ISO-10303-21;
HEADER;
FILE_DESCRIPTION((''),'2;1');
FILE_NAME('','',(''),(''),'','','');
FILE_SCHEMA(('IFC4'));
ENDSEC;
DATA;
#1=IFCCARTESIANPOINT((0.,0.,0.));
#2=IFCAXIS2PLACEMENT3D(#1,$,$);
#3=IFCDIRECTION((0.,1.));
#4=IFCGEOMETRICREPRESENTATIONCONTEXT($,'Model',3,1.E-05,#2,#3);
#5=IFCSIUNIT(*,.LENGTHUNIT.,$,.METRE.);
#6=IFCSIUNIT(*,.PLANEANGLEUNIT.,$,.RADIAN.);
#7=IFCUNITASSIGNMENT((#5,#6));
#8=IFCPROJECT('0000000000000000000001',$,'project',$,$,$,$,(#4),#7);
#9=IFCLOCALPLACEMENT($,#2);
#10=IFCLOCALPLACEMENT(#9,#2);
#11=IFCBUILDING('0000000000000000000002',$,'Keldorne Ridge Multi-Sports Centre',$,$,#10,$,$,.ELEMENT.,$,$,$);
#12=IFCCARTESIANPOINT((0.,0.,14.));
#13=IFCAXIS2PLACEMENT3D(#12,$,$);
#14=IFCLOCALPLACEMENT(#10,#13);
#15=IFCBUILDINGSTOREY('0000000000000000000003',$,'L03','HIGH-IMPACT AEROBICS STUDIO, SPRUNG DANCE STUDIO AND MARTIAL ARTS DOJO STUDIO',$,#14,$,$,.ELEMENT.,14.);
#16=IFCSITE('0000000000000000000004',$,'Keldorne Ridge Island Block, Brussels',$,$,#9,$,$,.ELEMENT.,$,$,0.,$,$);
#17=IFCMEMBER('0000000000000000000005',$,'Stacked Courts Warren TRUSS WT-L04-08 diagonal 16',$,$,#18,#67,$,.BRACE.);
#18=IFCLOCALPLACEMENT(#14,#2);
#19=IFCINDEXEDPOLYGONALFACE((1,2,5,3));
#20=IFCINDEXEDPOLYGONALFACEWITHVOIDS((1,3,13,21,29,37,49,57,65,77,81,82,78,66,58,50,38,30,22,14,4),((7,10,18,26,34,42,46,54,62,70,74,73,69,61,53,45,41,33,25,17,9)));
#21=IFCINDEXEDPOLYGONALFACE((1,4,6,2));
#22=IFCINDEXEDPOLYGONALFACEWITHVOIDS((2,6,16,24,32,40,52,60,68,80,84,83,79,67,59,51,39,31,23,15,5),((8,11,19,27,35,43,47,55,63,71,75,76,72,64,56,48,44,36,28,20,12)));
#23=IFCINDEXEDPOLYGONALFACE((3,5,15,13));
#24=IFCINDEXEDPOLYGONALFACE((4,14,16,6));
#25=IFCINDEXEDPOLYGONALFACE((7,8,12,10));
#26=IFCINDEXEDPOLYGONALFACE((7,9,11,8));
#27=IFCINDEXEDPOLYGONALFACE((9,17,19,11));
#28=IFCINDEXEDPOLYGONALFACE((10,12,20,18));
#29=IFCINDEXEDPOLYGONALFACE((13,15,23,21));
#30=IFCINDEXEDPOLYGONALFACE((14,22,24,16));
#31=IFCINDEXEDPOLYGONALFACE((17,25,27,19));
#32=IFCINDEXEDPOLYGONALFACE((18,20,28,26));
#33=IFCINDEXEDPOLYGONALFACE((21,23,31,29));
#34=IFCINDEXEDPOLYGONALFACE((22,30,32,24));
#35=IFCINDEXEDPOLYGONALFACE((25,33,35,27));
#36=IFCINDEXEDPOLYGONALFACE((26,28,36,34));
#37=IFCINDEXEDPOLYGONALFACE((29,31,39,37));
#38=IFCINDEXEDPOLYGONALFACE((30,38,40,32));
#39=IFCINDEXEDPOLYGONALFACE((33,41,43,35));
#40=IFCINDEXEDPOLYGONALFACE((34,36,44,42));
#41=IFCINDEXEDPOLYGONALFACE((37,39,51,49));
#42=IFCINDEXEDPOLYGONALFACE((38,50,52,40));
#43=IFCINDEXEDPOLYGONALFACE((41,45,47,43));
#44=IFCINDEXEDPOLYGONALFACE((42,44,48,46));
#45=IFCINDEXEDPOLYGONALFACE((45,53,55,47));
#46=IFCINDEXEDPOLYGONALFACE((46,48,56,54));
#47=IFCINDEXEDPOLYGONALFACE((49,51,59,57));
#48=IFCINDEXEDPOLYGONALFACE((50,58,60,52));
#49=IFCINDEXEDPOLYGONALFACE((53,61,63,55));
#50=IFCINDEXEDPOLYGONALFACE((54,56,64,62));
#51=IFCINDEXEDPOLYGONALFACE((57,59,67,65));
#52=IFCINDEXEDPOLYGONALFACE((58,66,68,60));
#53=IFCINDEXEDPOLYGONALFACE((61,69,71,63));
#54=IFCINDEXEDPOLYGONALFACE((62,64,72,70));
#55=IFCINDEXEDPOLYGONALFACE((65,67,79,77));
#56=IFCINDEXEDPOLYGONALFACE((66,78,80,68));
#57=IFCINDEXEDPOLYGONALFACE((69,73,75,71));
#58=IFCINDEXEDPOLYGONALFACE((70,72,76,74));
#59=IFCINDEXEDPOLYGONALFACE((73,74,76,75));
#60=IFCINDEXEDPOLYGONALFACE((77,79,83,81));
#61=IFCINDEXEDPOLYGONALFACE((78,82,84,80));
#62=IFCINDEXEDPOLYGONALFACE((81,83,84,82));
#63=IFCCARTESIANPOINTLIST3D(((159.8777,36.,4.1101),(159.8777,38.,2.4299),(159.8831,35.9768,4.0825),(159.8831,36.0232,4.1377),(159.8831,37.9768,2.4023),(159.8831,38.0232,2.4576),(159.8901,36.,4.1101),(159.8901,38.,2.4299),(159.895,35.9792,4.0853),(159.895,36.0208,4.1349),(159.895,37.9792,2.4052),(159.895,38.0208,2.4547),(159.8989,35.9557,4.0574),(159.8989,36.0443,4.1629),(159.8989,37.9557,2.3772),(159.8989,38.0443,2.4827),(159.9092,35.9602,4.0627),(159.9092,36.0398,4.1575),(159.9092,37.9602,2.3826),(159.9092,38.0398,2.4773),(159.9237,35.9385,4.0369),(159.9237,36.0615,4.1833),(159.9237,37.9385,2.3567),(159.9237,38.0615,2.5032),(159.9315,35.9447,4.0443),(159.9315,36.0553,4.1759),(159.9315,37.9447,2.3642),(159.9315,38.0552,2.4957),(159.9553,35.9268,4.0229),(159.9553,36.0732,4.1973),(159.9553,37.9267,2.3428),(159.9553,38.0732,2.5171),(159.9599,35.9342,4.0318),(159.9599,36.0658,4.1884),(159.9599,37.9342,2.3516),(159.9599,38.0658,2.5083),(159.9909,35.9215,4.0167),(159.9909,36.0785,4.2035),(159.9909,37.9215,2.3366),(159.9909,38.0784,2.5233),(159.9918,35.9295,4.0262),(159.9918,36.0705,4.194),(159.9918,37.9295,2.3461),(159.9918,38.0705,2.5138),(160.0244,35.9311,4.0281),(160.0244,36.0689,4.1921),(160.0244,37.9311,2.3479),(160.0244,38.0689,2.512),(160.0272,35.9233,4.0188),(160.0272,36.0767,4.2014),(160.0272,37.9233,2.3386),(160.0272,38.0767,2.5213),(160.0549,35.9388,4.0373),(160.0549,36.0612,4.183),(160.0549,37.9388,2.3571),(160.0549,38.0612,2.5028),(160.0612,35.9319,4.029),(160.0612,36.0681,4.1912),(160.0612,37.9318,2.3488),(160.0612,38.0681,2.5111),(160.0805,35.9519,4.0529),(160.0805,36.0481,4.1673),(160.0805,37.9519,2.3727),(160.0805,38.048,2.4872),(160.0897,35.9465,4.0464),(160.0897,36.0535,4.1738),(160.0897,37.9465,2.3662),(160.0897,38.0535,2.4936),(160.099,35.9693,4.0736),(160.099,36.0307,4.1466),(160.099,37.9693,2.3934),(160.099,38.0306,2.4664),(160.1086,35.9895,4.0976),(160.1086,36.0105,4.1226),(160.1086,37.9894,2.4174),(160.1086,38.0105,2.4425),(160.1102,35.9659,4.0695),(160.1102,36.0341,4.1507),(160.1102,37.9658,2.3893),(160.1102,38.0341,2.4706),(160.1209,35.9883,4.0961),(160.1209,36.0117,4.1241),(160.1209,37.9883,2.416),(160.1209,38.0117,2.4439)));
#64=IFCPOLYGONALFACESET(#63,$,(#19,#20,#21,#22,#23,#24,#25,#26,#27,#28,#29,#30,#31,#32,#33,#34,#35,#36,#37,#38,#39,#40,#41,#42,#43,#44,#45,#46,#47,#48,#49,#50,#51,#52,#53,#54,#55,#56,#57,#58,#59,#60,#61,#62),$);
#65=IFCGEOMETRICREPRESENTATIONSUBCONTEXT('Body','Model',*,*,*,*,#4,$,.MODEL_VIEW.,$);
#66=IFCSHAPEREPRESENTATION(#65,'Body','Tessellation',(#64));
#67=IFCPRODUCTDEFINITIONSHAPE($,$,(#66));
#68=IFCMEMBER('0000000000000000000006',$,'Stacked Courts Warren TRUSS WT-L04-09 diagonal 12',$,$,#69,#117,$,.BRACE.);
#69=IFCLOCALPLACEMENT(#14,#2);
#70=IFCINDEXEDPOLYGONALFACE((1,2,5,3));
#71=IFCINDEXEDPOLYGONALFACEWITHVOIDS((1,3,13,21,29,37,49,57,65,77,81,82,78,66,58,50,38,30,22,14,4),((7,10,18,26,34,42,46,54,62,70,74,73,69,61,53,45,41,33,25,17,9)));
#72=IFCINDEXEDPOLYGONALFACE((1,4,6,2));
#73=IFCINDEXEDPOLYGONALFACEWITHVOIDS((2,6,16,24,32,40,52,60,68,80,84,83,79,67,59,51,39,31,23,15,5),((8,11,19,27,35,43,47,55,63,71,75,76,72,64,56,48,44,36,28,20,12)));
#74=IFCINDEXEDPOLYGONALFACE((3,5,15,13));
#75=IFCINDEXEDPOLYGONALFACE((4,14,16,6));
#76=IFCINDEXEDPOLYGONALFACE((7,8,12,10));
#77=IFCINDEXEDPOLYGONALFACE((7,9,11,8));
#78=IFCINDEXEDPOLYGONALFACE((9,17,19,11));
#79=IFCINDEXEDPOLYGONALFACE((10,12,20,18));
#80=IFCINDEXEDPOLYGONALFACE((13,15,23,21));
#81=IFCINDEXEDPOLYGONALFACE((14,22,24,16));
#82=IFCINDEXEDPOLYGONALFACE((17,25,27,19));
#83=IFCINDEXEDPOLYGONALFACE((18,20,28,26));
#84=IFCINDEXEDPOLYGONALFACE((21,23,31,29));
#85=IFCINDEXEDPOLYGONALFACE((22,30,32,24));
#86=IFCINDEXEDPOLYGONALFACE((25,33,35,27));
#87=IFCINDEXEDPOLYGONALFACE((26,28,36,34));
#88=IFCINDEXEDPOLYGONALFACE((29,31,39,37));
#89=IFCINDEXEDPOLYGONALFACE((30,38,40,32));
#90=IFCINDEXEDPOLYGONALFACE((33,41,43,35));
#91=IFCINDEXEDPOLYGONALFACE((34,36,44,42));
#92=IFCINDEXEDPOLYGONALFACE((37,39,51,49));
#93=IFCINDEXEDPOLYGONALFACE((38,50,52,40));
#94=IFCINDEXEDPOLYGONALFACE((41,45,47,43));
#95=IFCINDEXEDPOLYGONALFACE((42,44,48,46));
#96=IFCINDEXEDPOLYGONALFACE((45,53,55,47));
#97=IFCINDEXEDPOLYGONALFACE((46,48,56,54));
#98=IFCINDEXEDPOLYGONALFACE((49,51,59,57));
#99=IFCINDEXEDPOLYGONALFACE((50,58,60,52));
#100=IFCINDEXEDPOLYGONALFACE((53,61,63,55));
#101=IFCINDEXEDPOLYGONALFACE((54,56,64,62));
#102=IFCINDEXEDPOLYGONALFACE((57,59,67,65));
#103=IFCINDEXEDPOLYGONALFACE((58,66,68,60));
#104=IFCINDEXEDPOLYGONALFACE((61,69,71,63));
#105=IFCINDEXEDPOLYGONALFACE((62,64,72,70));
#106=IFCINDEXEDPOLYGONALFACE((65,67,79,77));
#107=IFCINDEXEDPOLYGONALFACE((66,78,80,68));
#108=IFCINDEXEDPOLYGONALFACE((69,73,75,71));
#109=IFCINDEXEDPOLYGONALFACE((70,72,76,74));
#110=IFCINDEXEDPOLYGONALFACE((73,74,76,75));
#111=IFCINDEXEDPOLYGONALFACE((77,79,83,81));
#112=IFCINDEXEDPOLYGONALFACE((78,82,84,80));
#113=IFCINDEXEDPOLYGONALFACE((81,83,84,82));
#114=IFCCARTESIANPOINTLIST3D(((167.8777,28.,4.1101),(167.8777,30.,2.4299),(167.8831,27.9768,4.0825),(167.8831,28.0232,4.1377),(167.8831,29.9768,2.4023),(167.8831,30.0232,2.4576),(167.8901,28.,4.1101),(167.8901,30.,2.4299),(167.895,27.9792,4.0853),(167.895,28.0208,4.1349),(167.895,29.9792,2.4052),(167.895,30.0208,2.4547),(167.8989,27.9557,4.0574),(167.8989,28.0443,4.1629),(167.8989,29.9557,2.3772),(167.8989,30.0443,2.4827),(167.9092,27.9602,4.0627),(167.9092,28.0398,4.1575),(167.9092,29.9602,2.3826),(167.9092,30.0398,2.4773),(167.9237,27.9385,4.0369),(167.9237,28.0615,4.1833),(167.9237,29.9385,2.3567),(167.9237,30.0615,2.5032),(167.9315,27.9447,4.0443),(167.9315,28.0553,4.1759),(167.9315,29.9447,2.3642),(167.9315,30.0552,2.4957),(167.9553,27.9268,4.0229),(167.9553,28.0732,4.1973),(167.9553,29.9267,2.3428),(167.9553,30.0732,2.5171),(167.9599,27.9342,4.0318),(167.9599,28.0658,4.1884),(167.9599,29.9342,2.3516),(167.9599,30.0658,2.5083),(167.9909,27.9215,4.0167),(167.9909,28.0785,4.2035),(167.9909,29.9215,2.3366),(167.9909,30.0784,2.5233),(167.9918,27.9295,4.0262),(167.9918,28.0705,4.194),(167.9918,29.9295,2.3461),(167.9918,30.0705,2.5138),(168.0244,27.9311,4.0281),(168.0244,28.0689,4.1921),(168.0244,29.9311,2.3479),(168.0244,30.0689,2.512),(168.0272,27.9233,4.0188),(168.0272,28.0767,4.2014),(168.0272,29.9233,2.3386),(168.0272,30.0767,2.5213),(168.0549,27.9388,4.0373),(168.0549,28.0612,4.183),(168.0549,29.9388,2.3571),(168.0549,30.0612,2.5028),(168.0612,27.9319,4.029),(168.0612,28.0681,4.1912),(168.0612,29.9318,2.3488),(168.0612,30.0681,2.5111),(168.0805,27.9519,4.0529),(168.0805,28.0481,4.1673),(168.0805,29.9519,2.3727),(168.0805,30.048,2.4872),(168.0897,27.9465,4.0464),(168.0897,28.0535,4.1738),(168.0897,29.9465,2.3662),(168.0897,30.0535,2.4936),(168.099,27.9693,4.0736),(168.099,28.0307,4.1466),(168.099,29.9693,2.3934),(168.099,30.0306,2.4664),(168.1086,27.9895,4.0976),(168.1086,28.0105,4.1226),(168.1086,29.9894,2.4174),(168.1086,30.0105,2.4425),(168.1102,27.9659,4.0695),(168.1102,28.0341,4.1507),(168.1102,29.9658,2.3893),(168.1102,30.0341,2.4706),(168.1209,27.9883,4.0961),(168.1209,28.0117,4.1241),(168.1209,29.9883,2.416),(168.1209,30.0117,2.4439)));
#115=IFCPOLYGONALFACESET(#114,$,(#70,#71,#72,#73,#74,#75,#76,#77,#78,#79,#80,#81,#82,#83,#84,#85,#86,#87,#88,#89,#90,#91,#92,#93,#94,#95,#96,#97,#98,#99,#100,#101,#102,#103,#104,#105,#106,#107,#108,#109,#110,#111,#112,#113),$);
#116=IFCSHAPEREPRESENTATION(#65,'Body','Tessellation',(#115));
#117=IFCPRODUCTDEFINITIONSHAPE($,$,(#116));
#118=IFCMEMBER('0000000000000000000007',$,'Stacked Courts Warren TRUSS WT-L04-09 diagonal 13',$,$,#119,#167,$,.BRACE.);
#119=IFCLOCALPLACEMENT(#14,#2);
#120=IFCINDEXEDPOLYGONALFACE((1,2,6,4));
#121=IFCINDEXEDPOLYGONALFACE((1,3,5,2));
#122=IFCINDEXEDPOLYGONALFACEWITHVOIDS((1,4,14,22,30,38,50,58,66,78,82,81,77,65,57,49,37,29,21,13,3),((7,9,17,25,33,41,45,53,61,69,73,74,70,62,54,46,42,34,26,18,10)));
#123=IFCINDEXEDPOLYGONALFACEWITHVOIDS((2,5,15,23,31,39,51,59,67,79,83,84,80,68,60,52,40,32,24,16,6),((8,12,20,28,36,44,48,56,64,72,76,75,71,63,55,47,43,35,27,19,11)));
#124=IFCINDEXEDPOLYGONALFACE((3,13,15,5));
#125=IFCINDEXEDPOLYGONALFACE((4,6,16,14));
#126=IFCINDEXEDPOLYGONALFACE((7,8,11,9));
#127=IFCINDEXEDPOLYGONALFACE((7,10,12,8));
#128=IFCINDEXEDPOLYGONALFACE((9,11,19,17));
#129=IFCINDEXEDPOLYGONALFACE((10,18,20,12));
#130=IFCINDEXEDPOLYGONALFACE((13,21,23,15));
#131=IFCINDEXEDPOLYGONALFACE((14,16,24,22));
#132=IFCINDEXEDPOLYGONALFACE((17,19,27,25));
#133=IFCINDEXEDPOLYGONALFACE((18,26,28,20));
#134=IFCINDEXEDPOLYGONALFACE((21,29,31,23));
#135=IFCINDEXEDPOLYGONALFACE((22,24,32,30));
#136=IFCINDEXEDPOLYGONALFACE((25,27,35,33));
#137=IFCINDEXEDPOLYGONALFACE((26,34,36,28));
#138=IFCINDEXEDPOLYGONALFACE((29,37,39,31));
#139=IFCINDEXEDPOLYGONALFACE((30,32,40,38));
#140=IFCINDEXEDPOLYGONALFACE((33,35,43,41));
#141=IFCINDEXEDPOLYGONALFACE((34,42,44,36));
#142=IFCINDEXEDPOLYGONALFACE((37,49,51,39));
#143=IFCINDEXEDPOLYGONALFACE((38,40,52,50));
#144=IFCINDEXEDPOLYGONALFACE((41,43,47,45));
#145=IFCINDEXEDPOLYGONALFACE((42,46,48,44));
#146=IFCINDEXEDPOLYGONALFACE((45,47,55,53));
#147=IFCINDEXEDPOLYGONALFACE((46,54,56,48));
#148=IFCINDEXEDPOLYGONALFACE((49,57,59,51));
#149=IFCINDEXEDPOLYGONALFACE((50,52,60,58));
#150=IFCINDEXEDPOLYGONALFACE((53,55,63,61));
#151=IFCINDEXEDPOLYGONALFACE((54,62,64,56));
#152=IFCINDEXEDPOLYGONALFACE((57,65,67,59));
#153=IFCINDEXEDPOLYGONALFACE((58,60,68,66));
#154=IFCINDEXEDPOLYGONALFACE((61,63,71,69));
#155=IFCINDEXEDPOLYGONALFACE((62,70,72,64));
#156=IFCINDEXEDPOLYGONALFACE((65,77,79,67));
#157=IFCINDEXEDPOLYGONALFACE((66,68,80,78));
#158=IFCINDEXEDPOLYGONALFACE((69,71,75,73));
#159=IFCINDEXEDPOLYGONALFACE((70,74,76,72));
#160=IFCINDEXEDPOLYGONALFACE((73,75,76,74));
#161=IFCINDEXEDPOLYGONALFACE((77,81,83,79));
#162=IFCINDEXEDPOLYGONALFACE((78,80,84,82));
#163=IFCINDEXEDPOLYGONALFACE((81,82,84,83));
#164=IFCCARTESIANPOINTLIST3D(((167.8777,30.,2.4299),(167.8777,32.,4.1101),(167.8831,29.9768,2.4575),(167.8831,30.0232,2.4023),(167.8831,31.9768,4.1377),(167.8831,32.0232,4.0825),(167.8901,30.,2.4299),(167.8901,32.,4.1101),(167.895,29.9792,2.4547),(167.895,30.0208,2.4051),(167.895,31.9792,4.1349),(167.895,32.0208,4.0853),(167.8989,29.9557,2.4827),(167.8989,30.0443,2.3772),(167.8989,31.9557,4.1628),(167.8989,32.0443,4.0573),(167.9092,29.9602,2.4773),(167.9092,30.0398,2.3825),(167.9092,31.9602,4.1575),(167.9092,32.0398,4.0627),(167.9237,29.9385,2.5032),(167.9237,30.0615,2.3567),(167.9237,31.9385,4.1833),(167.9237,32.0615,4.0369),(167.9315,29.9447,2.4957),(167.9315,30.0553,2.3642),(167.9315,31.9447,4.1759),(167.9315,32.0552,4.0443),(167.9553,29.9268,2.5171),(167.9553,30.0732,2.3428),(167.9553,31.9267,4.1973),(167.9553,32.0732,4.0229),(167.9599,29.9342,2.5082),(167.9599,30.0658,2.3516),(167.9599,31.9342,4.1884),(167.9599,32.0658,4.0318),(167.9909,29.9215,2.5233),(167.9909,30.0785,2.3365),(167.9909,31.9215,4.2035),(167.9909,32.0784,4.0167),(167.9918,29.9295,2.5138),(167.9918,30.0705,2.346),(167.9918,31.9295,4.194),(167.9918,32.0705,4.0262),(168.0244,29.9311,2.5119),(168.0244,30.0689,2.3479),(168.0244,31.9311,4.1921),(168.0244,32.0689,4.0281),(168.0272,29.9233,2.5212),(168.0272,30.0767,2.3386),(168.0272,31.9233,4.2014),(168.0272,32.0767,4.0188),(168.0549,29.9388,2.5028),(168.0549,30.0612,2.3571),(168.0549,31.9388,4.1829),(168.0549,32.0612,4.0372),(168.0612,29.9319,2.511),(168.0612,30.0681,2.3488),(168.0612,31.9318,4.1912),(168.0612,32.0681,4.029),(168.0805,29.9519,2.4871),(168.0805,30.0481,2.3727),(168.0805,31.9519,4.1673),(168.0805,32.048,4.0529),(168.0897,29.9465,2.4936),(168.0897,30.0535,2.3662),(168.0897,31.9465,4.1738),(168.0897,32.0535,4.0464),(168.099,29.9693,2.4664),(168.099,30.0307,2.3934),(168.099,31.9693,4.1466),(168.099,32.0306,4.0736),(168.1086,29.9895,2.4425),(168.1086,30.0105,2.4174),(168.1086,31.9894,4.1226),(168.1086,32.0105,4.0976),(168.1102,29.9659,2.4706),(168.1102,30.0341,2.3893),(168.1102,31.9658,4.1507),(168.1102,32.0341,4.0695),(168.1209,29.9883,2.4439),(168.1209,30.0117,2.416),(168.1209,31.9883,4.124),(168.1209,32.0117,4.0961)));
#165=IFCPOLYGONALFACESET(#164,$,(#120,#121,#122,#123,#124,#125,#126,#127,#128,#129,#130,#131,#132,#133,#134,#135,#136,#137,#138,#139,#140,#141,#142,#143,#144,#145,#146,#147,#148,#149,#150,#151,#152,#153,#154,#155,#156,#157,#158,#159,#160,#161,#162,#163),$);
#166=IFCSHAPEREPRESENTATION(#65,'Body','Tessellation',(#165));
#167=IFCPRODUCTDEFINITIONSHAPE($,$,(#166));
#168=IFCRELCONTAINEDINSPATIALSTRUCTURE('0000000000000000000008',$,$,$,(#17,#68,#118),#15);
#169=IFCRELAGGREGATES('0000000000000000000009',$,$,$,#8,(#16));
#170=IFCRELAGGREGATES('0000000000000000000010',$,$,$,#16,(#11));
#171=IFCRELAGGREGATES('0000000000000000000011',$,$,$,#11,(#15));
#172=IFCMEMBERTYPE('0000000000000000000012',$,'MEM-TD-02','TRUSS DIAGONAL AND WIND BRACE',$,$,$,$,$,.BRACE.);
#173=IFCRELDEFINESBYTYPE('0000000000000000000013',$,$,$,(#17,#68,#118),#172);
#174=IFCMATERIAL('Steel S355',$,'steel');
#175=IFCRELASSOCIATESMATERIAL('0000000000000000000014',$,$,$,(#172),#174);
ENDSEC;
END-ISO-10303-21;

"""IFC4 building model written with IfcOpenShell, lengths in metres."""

from ifc_helpers import new_model, si_unit, direction, frame, origin, origin_2d, place, context, subcontext, project, spatial, hollow_circle, extrude, material, material_profile, profile_set, type_object, element, save


model = new_model("IFC4")

# Units and contexts
model_context = context("Model", 3, precision=1e-05, world=origin(), true_north=direction((0.0, 1.0)))
body_context = subcontext(model_context, "Body", "Model", "MODEL_VIEW")
ifc_project = project(units=[si_unit("LENGTHUNIT", "METRE"), si_unit("PLANEANGLEUNIT", "RADIAN")], contexts=[model_context])

# Site, building, storey
site_placement = place(None, origin())
site = spatial("IfcSite", under=ifc_project, at=site_placement, Name="Keldorne Ridge Island Block, Brussels", CompositionType="ELEMENT", RefElevation=0.0)
building_placement = place(site_placement, origin())
building = spatial("IfcBuilding", under=site, at=building_placement, Name="Keldorne Ridge Multi-Sports Centre", CompositionType="ELEMENT")
storey_placement = place(building_placement, frame((0.0, 0.0, 14.0)))
storey = spatial("IfcBuildingStorey", under=building, at=storey_placement, Name="L03", Description="HIGH-IMPACT AEROBICS STUDIO, SPRUNG DANCE STUDIO AND MARTIAL ARTS DOJO STUDIO", CompositionType="ELEMENT", Elevation=14.0)

# Shared definitions
ifc_material_1 = material(Name="Steel S355", Category="steel")

# Members
ifc_material_profile_1 = material_profile(ifc_material_1, hollow_circle(Radius=0.1223, WallThickness=0.0125, at=origin_2d()), Name="CHS 244.5x12.5")
ifc_profile_set_1 = profile_set([ifc_material_profile_1], Name="Steel S355")
member_type_1 = type_object("IfcMemberType", Name="MEM-TD-02", Description="TRUSS DIAGONAL AND WIND BRACE", PredefinedType="BRACE", material=ifc_profile_set_1)
for number, where, z_axis, x_axis, name in (
    (1, (160.0, 36.0, 4.1101), (0.0, 0.765672, -0.643232), (-1.0, 0.0, 0.0), "Stacked Courts Warren TRUSS WT-L04-08 diagonal 16"),
    (2, (168.0, 28.0, 4.1101), (0.0, 0.765672, -0.643232), (-1.0, 0.0, 0.0), "Stacked Courts Warren TRUSS WT-L04-09 diagonal 12"),
    (3, (168.0, 30.0, 2.4299), (0.0, 0.765672, 0.643232), (-1.0, 0.0, 0.0), "Stacked Courts Warren TRUSS WT-L04-09 diagonal 13"),
):
    element("IfcMember", number, at=place(storey_placement, frame(where, z_axis=z_axis, x_axis=x_axis)), inside=storey, type_object=member_type_1, Name=name, PredefinedType="BRACE", context=body_context, shape_type="SweptSolid", body=[
        extrude(hollow_circle(Radius=0.1223, WallThickness=0.0125, at=origin_2d()), origin(), (0.0, 0.0, 1.0), 2.6121),
    ])

save(model, "model.ifc")
